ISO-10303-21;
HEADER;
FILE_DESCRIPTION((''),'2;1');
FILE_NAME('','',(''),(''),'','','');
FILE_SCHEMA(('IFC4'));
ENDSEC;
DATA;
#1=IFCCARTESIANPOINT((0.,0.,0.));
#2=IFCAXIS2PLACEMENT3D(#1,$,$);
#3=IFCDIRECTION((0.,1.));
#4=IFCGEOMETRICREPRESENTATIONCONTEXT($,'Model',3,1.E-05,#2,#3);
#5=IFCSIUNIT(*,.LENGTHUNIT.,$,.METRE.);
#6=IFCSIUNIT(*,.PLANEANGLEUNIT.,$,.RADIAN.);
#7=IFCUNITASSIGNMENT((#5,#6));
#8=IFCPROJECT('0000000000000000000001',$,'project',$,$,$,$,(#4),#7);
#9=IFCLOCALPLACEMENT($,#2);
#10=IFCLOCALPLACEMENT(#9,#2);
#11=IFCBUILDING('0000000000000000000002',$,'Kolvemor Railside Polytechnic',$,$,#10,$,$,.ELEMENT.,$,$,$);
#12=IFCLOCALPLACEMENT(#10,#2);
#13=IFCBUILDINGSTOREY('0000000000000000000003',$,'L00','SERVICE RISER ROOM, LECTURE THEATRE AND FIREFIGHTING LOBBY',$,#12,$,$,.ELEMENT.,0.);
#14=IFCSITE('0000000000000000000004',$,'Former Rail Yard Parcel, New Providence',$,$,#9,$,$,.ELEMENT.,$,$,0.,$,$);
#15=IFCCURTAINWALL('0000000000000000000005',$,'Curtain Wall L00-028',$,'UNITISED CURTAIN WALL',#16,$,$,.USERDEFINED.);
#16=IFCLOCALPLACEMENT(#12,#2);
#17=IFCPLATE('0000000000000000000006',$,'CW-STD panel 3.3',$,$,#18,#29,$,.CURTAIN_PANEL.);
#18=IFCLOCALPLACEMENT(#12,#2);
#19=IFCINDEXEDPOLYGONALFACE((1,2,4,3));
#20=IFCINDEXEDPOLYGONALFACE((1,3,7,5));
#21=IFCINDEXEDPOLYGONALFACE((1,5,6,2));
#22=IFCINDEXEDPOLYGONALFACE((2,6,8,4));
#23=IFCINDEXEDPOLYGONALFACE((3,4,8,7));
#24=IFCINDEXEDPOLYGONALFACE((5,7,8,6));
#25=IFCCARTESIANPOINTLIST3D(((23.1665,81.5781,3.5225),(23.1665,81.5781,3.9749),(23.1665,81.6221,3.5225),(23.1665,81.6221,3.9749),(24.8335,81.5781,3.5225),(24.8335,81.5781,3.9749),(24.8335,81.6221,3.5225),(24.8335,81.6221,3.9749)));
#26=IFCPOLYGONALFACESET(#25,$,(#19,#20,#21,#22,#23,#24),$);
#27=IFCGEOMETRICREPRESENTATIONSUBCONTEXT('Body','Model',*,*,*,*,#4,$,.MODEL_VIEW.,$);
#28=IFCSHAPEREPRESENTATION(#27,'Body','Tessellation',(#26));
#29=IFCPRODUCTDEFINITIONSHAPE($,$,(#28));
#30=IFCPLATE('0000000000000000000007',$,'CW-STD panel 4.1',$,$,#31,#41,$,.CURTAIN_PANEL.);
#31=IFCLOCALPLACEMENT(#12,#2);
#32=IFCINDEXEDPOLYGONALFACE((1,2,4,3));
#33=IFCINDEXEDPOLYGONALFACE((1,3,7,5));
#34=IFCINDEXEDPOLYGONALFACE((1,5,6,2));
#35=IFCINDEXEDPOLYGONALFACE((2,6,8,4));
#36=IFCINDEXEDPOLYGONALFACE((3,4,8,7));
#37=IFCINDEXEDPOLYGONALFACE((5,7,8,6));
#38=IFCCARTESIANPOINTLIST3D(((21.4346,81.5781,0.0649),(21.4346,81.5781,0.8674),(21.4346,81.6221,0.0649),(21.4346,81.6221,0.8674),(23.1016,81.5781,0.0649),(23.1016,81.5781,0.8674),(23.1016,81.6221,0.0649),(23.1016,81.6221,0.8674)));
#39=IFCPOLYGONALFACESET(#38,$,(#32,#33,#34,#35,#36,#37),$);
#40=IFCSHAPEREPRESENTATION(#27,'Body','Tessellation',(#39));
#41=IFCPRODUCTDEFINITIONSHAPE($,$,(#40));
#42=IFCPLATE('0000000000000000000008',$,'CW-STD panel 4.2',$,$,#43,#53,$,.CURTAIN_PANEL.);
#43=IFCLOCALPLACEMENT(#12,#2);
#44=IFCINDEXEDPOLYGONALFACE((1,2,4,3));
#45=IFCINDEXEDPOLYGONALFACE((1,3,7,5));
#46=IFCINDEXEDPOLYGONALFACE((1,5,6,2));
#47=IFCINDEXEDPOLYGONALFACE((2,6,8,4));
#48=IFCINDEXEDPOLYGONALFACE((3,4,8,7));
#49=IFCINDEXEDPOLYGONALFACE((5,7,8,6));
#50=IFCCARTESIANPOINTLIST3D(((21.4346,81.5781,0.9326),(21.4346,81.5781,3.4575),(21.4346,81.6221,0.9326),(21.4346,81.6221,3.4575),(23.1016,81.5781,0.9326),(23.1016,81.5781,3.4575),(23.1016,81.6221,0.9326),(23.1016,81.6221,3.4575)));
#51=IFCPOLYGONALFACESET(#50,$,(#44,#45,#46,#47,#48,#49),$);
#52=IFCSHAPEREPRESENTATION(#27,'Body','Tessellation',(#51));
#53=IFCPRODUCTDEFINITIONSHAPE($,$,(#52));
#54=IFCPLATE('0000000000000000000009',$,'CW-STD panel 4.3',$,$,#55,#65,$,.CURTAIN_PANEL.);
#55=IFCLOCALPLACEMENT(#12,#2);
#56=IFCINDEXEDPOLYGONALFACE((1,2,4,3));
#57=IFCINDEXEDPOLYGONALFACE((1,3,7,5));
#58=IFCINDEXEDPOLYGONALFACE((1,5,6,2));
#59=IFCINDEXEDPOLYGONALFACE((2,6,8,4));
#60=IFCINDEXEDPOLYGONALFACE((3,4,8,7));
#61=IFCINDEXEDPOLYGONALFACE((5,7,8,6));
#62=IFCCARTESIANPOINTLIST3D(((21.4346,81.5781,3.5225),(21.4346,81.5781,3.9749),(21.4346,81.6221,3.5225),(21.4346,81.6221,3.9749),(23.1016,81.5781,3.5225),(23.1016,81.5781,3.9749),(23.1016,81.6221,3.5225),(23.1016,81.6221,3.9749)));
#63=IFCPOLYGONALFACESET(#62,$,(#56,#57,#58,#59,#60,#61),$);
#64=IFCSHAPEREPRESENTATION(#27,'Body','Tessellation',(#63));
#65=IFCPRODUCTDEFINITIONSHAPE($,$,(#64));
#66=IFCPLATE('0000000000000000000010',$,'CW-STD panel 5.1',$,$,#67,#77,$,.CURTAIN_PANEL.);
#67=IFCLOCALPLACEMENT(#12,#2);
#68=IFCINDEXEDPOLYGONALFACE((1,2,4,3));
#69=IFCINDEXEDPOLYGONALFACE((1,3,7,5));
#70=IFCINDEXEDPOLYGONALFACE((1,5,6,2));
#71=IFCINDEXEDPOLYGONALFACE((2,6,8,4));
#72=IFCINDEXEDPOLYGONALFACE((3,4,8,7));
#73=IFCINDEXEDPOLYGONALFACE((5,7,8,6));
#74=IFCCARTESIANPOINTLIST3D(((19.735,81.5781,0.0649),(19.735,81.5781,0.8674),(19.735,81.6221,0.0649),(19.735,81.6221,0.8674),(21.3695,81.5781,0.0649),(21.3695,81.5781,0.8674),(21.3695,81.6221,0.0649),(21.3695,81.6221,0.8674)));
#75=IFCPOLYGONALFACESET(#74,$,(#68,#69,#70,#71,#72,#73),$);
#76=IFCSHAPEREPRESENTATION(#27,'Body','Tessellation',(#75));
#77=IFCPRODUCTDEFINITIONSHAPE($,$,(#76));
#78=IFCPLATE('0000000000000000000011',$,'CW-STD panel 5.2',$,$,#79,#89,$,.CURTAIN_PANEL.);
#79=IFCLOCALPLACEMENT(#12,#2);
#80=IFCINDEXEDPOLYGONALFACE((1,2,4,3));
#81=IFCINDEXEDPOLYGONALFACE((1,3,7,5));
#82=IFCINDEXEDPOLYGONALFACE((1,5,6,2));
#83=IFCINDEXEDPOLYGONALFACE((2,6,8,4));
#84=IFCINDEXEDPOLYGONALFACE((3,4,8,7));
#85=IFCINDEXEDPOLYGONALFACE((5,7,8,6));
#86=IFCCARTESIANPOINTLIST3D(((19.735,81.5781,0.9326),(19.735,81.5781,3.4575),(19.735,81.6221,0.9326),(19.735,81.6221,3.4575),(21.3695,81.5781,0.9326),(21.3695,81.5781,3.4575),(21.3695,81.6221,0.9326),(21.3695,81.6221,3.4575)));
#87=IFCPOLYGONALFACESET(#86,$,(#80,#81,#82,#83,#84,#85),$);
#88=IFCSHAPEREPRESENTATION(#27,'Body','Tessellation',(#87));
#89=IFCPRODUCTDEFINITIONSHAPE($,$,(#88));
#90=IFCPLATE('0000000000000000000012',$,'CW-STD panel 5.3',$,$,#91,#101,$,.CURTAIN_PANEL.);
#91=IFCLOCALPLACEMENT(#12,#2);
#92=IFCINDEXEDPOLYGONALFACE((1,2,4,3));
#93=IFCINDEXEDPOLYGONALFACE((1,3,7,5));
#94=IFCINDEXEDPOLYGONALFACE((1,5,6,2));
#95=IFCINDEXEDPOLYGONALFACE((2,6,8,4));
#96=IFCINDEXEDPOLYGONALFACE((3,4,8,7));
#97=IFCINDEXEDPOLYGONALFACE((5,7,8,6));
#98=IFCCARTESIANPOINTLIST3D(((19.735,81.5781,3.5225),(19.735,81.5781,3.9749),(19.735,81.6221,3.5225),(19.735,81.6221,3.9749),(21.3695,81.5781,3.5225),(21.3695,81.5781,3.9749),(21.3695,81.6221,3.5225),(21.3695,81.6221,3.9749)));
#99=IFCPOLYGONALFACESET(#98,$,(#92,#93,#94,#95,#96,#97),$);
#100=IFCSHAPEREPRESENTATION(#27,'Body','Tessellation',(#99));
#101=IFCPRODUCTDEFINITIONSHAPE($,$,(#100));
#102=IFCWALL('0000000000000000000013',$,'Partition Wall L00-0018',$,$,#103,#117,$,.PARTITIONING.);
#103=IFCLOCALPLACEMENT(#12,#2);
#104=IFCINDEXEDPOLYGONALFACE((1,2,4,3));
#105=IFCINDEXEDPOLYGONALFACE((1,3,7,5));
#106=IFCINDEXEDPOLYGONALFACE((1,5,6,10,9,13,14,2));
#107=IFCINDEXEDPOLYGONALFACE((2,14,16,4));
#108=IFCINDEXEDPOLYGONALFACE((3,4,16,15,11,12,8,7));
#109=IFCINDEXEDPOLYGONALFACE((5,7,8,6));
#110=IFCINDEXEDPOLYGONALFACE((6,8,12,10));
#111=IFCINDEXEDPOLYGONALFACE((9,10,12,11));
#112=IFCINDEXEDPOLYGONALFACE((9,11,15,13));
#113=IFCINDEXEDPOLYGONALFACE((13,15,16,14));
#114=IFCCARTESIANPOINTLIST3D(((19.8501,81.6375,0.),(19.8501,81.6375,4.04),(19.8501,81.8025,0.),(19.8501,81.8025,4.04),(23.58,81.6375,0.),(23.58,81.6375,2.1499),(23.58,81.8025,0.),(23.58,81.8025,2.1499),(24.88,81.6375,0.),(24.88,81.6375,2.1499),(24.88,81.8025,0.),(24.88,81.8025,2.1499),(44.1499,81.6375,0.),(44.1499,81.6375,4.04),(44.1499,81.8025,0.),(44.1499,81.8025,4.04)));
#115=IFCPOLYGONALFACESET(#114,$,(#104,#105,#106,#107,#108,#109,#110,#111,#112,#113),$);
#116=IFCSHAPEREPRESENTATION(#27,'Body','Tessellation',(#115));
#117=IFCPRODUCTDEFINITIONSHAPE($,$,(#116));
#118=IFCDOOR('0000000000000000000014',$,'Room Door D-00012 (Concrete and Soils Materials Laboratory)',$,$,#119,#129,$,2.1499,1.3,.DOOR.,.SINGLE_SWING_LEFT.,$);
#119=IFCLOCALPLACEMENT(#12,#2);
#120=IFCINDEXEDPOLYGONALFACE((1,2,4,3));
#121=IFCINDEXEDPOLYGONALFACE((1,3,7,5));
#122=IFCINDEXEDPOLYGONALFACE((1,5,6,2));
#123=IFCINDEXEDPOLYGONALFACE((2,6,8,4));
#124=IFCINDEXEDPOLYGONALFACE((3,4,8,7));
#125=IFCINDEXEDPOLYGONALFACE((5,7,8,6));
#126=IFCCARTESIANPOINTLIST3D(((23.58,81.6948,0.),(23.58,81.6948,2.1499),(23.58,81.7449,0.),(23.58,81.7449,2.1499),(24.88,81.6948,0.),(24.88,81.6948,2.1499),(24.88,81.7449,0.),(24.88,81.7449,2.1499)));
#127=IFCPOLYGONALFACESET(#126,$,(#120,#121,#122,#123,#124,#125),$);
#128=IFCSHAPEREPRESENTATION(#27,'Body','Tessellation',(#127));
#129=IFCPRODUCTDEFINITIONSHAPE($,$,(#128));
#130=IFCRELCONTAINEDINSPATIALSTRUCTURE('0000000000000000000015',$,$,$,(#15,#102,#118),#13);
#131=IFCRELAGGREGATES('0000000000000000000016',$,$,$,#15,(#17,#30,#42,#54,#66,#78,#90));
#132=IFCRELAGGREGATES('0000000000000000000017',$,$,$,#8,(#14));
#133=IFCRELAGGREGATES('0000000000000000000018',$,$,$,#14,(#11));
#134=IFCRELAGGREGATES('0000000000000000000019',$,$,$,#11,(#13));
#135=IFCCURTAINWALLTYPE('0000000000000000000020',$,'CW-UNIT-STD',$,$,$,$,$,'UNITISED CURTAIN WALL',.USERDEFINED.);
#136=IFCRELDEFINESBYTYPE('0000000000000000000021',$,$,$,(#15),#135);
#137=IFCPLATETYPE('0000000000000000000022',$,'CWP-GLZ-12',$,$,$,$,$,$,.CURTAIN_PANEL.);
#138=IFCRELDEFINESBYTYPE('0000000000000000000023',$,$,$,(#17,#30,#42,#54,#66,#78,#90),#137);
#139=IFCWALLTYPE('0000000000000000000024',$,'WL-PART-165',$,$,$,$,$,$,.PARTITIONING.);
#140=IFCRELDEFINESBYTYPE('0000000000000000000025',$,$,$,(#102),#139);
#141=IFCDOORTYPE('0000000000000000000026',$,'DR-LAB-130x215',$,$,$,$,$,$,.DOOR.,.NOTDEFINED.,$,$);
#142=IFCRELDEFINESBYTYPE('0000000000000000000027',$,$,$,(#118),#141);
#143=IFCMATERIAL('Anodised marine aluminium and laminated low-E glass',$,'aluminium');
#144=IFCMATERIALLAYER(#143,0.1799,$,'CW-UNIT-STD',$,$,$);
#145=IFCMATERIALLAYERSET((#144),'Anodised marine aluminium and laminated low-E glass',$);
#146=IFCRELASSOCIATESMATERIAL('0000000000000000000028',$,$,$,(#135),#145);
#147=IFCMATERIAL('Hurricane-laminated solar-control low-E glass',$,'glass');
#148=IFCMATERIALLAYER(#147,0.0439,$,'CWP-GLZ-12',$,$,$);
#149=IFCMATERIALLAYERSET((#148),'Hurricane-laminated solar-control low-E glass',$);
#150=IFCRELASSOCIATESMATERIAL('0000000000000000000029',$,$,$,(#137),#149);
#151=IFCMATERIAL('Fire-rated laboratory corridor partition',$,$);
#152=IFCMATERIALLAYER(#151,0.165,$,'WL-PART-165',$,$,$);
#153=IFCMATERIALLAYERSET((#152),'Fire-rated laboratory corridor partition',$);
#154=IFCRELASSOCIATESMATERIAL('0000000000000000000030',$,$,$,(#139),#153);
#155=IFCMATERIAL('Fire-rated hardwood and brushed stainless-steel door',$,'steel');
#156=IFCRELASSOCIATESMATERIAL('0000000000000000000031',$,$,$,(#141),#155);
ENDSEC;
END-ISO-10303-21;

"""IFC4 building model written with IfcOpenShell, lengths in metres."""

from ifc_helpers import new_model, si_unit, direction, frame, frame_2d, origin, origin_2d, place, context, subcontext, project, spatial, rectangle, extrude, material, layer, layer_set, type_object, element, fill, aggregate, save


model = new_model("IFC4")

# Units and contexts
model_context = context("Model", 3, precision=1e-05, world=origin(), true_north=direction((0.0, 1.0)))
body_context = subcontext(model_context, "Body", "Model", "MODEL_VIEW")
ifc_project = project(units=[si_unit("LENGTHUNIT", "METRE"), si_unit("PLANEANGLEUNIT", "RADIAN")], contexts=[model_context])

# Site, building, storey
site_placement = place(None, origin())
site = spatial("IfcSite", under=ifc_project, at=site_placement, Name="Former Rail Yard Parcel, New Providence", CompositionType="ELEMENT", RefElevation=0.0)
building_placement = place(site_placement, origin())
building = spatial("IfcBuilding", under=site, at=building_placement, Name="Kolvemor Railside Polytechnic", CompositionType="ELEMENT")
storey_placement = place(building_placement, origin())
storey = spatial("IfcBuildingStorey", under=building, at=storey_placement, Name="L00", Description="SERVICE RISER ROOM, LECTURE THEATRE AND FIREFIGHTING LOBBY", CompositionType="ELEMENT", Elevation=0.0)

# Curtain wall
ifc_material_1 = material(Name="Anodised marine aluminium and laminated low-E glass", Category="aluminium")
ifc_layer_1 = layer(ifc_material_1, 0.1799, Name="CW-UNIT-STD")
ifc_layer_set_1 = layer_set([ifc_layer_1], Name="Anodised marine aluminium and laminated low-E glass")
curtain_wall_type = type_object("IfcCurtainWallType", Name="CW-UNIT-STD", ElementType="UNITISED CURTAIN WALL", PredefinedType="USERDEFINED", material=ifc_layer_set_1)
curtain_wall_1_placement = place(storey_placement, origin())
curtain_wall_1 = element("IfcCurtainWall", 1, at=curtain_wall_1_placement, inside=storey, type_object=curtain_wall_type, Name="Curtain Wall L00-028", ObjectType="UNITISED CURTAIN WALL", PredefinedType="USERDEFINED")

# Plates
ifc_material_2 = material(Name="Hurricane-laminated solar-control low-E glass", Category="glass")
ifc_layer_2 = layer(ifc_material_2, 0.0439, Name="CWP-GLZ-12")
ifc_layer_set_2 = layer_set([ifc_layer_2], Name="Hurricane-laminated solar-control low-E glass")
plate_type = type_object("IfcPlateType", Name="CWP-GLZ-12", PredefinedType="CURTAIN_PANEL", material=ifc_layer_set_2)
plate_1_placement = place(storey_placement, frame((24.0, 81.6001, 3.5225), z_axis=(0.0, 0.0, 1.0), x_axis=(-1.0, 0.0, 0.0)))
plate_1 = element("IfcPlate", 2, at=plate_1_placement, type_object=plate_type, Name="CW-STD panel 3.3", PredefinedType="CURTAIN_PANEL", context=body_context, shape_type="SweptSolid", body=[
    extrude(rectangle(XDim=1.667, YDim=0.0439, at=origin_2d()), origin(), (0.0, 0.0, 1.0), 0.4524),
])
plate_2_placement = place(storey_placement, frame((22.2681, 81.6001, 0.0649), z_axis=(0.0, 0.0, 1.0), x_axis=(-1.0, 0.0, 0.0)))
plate_2 = element("IfcPlate", 3, at=plate_2_placement, type_object=plate_type, Name="CW-STD panel 4.1", PredefinedType="CURTAIN_PANEL", context=body_context, shape_type="SweptSolid", body=[
    extrude(rectangle(XDim=1.667, YDim=0.0439, at=origin_2d()), origin(), (0.0, 0.0, 1.0), 0.8025),
])
plate_3_placement = place(storey_placement, frame((22.2681, 81.6001, 0.9326), z_axis=(0.0, 0.0, 1.0), x_axis=(-1.0, 0.0, 0.0)))
plate_3 = element("IfcPlate", 4, at=plate_3_placement, type_object=plate_type, Name="CW-STD panel 4.2", PredefinedType="CURTAIN_PANEL", context=body_context, shape_type="SweptSolid", body=[
    extrude(rectangle(XDim=1.667, YDim=0.0439, at=origin_2d()), origin(), (0.0, 0.0, 1.0), 2.5249),
])
plate_4_placement = place(storey_placement, frame((22.2681, 81.6001, 3.5225), z_axis=(0.0, 0.0, 1.0), x_axis=(-1.0, 0.0, 0.0)))
plate_4 = element("IfcPlate", 5, at=plate_4_placement, type_object=plate_type, Name="CW-STD panel 4.3", PredefinedType="CURTAIN_PANEL", context=body_context, shape_type="SweptSolid", body=[
    extrude(rectangle(XDim=1.667, YDim=0.0439, at=origin_2d()), origin(), (0.0, 0.0, 1.0), 0.4524),
])
plate_5_placement = place(storey_placement, frame((20.5522, 81.6001, 0.0649), z_axis=(0.0, 0.0, 1.0), x_axis=(-1.0, 0.0, 0.0)))
plate_5 = element("IfcPlate", 6, at=plate_5_placement, type_object=plate_type, Name="CW-STD panel 5.1", PredefinedType="CURTAIN_PANEL", context=body_context, shape_type="SweptSolid", body=[
    extrude(rectangle(XDim=1.6345, YDim=0.0439, at=origin_2d()), origin(), (0.0, 0.0, 1.0), 0.8025),
])
plate_6_placement = place(storey_placement, frame((20.5522, 81.6001, 0.9326), z_axis=(0.0, 0.0, 1.0), x_axis=(-1.0, 0.0, 0.0)))
plate_6 = element("IfcPlate", 7, at=plate_6_placement, type_object=plate_type, Name="CW-STD panel 5.2", PredefinedType="CURTAIN_PANEL", context=body_context, shape_type="SweptSolid", body=[
    extrude(rectangle(XDim=1.6345, YDim=0.0439, at=origin_2d()), origin(), (0.0, 0.0, 1.0), 2.5249),
])
plate_7_placement = place(storey_placement, frame((20.5522, 81.6001, 3.5225), z_axis=(0.0, 0.0, 1.0), x_axis=(-1.0, 0.0, 0.0)))
plate_7 = element("IfcPlate", 8, at=plate_7_placement, type_object=plate_type, Name="CW-STD panel 5.3", PredefinedType="CURTAIN_PANEL", context=body_context, shape_type="SweptSolid", body=[
    extrude(rectangle(XDim=1.6345, YDim=0.0439, at=origin_2d()), origin(), (0.0, 0.0, 1.0), 0.4524),
])
aggregate(curtain_wall_1, [plate_1, plate_2, plate_3, plate_4, plate_5, plate_6, plate_7])

# Wall, opening, door
ifc_material_3 = material(Name="Fire-rated laboratory corridor partition")
ifc_layer_3 = layer(ifc_material_3, 0.165, Name="WL-PART-165")
ifc_layer_set_3 = layer_set([ifc_layer_3], Name="Fire-rated laboratory corridor partition")
wall_type = type_object("IfcWallType", Name="WL-PART-165", PredefinedType="PARTITIONING", material=ifc_layer_set_3)
wall_placement = place(storey_placement, frame((19.8501, 81.72, 0.0), z_axis=(0.0, 0.0, 1.0), x_axis=(1.0, 0.0, 0.0)))
wall = element("IfcWall", 9, at=wall_placement, inside=storey, type_object=wall_type, Name="Partition Wall L00-0018", PredefinedType="PARTITIONING", context=body_context, shape_type="SweptSolid", body=[
    extrude(rectangle(XDim=24.2998, YDim=0.165, at=frame_2d((12.1499, 0.0))), origin(), (0.0, 0.0, 1.0), 4.04),
])
opening_placement = place(wall_placement, frame((3.73, 0.0, 0.0)))
opening = element("IfcOpeningElement", 10, at=opening_placement, cuts=wall, PredefinedType="OPENING", context=body_context, shape_type="SweptSolid", body=[
    extrude(rectangle(XDim=1.3, YDim=2.1499, at=frame_2d((0.6499, 1.075))), frame((0.0, 0.0925, 0.0), z_axis=(0.0, -1.0, 0.0), x_axis=(1.0, 0.0, 0.0)), (0.0, 0.0, 1.0), 0.1851),
])
ifc_material_4 = material(Name="Fire-rated hardwood and brushed stainless-steel door", Category="steel")
door_type = type_object("IfcDoorType", Name="DR-LAB-130x215", OperationType="NOTDEFINED", PredefinedType="DOOR", material=ifc_material_4)
door_placement = place(opening_placement, origin())
door = element("IfcDoor", 11, at=door_placement, inside=storey, type_object=door_type, Name="Room Door D-00012 (Concrete and Soils Materials Laboratory)", OperationType="SINGLE_SWING_LEFT", OverallHeight=2.1499, OverallWidth=1.3, PredefinedType="DOOR", context=body_context, shape_type="SweptSolid", body=[
    extrude(rectangle(XDim=1.3, YDim=2.1499, at=frame_2d((0.6499, 1.075))), frame((0.0, 0.0249, 0.0), z_axis=(0.0, -1.0, 0.0), x_axis=(1.0, 0.0, 0.0)), (0.0, 0.0, 1.0), 0.05),
])
fill(opening, door)

save(model, "model.ifc")
